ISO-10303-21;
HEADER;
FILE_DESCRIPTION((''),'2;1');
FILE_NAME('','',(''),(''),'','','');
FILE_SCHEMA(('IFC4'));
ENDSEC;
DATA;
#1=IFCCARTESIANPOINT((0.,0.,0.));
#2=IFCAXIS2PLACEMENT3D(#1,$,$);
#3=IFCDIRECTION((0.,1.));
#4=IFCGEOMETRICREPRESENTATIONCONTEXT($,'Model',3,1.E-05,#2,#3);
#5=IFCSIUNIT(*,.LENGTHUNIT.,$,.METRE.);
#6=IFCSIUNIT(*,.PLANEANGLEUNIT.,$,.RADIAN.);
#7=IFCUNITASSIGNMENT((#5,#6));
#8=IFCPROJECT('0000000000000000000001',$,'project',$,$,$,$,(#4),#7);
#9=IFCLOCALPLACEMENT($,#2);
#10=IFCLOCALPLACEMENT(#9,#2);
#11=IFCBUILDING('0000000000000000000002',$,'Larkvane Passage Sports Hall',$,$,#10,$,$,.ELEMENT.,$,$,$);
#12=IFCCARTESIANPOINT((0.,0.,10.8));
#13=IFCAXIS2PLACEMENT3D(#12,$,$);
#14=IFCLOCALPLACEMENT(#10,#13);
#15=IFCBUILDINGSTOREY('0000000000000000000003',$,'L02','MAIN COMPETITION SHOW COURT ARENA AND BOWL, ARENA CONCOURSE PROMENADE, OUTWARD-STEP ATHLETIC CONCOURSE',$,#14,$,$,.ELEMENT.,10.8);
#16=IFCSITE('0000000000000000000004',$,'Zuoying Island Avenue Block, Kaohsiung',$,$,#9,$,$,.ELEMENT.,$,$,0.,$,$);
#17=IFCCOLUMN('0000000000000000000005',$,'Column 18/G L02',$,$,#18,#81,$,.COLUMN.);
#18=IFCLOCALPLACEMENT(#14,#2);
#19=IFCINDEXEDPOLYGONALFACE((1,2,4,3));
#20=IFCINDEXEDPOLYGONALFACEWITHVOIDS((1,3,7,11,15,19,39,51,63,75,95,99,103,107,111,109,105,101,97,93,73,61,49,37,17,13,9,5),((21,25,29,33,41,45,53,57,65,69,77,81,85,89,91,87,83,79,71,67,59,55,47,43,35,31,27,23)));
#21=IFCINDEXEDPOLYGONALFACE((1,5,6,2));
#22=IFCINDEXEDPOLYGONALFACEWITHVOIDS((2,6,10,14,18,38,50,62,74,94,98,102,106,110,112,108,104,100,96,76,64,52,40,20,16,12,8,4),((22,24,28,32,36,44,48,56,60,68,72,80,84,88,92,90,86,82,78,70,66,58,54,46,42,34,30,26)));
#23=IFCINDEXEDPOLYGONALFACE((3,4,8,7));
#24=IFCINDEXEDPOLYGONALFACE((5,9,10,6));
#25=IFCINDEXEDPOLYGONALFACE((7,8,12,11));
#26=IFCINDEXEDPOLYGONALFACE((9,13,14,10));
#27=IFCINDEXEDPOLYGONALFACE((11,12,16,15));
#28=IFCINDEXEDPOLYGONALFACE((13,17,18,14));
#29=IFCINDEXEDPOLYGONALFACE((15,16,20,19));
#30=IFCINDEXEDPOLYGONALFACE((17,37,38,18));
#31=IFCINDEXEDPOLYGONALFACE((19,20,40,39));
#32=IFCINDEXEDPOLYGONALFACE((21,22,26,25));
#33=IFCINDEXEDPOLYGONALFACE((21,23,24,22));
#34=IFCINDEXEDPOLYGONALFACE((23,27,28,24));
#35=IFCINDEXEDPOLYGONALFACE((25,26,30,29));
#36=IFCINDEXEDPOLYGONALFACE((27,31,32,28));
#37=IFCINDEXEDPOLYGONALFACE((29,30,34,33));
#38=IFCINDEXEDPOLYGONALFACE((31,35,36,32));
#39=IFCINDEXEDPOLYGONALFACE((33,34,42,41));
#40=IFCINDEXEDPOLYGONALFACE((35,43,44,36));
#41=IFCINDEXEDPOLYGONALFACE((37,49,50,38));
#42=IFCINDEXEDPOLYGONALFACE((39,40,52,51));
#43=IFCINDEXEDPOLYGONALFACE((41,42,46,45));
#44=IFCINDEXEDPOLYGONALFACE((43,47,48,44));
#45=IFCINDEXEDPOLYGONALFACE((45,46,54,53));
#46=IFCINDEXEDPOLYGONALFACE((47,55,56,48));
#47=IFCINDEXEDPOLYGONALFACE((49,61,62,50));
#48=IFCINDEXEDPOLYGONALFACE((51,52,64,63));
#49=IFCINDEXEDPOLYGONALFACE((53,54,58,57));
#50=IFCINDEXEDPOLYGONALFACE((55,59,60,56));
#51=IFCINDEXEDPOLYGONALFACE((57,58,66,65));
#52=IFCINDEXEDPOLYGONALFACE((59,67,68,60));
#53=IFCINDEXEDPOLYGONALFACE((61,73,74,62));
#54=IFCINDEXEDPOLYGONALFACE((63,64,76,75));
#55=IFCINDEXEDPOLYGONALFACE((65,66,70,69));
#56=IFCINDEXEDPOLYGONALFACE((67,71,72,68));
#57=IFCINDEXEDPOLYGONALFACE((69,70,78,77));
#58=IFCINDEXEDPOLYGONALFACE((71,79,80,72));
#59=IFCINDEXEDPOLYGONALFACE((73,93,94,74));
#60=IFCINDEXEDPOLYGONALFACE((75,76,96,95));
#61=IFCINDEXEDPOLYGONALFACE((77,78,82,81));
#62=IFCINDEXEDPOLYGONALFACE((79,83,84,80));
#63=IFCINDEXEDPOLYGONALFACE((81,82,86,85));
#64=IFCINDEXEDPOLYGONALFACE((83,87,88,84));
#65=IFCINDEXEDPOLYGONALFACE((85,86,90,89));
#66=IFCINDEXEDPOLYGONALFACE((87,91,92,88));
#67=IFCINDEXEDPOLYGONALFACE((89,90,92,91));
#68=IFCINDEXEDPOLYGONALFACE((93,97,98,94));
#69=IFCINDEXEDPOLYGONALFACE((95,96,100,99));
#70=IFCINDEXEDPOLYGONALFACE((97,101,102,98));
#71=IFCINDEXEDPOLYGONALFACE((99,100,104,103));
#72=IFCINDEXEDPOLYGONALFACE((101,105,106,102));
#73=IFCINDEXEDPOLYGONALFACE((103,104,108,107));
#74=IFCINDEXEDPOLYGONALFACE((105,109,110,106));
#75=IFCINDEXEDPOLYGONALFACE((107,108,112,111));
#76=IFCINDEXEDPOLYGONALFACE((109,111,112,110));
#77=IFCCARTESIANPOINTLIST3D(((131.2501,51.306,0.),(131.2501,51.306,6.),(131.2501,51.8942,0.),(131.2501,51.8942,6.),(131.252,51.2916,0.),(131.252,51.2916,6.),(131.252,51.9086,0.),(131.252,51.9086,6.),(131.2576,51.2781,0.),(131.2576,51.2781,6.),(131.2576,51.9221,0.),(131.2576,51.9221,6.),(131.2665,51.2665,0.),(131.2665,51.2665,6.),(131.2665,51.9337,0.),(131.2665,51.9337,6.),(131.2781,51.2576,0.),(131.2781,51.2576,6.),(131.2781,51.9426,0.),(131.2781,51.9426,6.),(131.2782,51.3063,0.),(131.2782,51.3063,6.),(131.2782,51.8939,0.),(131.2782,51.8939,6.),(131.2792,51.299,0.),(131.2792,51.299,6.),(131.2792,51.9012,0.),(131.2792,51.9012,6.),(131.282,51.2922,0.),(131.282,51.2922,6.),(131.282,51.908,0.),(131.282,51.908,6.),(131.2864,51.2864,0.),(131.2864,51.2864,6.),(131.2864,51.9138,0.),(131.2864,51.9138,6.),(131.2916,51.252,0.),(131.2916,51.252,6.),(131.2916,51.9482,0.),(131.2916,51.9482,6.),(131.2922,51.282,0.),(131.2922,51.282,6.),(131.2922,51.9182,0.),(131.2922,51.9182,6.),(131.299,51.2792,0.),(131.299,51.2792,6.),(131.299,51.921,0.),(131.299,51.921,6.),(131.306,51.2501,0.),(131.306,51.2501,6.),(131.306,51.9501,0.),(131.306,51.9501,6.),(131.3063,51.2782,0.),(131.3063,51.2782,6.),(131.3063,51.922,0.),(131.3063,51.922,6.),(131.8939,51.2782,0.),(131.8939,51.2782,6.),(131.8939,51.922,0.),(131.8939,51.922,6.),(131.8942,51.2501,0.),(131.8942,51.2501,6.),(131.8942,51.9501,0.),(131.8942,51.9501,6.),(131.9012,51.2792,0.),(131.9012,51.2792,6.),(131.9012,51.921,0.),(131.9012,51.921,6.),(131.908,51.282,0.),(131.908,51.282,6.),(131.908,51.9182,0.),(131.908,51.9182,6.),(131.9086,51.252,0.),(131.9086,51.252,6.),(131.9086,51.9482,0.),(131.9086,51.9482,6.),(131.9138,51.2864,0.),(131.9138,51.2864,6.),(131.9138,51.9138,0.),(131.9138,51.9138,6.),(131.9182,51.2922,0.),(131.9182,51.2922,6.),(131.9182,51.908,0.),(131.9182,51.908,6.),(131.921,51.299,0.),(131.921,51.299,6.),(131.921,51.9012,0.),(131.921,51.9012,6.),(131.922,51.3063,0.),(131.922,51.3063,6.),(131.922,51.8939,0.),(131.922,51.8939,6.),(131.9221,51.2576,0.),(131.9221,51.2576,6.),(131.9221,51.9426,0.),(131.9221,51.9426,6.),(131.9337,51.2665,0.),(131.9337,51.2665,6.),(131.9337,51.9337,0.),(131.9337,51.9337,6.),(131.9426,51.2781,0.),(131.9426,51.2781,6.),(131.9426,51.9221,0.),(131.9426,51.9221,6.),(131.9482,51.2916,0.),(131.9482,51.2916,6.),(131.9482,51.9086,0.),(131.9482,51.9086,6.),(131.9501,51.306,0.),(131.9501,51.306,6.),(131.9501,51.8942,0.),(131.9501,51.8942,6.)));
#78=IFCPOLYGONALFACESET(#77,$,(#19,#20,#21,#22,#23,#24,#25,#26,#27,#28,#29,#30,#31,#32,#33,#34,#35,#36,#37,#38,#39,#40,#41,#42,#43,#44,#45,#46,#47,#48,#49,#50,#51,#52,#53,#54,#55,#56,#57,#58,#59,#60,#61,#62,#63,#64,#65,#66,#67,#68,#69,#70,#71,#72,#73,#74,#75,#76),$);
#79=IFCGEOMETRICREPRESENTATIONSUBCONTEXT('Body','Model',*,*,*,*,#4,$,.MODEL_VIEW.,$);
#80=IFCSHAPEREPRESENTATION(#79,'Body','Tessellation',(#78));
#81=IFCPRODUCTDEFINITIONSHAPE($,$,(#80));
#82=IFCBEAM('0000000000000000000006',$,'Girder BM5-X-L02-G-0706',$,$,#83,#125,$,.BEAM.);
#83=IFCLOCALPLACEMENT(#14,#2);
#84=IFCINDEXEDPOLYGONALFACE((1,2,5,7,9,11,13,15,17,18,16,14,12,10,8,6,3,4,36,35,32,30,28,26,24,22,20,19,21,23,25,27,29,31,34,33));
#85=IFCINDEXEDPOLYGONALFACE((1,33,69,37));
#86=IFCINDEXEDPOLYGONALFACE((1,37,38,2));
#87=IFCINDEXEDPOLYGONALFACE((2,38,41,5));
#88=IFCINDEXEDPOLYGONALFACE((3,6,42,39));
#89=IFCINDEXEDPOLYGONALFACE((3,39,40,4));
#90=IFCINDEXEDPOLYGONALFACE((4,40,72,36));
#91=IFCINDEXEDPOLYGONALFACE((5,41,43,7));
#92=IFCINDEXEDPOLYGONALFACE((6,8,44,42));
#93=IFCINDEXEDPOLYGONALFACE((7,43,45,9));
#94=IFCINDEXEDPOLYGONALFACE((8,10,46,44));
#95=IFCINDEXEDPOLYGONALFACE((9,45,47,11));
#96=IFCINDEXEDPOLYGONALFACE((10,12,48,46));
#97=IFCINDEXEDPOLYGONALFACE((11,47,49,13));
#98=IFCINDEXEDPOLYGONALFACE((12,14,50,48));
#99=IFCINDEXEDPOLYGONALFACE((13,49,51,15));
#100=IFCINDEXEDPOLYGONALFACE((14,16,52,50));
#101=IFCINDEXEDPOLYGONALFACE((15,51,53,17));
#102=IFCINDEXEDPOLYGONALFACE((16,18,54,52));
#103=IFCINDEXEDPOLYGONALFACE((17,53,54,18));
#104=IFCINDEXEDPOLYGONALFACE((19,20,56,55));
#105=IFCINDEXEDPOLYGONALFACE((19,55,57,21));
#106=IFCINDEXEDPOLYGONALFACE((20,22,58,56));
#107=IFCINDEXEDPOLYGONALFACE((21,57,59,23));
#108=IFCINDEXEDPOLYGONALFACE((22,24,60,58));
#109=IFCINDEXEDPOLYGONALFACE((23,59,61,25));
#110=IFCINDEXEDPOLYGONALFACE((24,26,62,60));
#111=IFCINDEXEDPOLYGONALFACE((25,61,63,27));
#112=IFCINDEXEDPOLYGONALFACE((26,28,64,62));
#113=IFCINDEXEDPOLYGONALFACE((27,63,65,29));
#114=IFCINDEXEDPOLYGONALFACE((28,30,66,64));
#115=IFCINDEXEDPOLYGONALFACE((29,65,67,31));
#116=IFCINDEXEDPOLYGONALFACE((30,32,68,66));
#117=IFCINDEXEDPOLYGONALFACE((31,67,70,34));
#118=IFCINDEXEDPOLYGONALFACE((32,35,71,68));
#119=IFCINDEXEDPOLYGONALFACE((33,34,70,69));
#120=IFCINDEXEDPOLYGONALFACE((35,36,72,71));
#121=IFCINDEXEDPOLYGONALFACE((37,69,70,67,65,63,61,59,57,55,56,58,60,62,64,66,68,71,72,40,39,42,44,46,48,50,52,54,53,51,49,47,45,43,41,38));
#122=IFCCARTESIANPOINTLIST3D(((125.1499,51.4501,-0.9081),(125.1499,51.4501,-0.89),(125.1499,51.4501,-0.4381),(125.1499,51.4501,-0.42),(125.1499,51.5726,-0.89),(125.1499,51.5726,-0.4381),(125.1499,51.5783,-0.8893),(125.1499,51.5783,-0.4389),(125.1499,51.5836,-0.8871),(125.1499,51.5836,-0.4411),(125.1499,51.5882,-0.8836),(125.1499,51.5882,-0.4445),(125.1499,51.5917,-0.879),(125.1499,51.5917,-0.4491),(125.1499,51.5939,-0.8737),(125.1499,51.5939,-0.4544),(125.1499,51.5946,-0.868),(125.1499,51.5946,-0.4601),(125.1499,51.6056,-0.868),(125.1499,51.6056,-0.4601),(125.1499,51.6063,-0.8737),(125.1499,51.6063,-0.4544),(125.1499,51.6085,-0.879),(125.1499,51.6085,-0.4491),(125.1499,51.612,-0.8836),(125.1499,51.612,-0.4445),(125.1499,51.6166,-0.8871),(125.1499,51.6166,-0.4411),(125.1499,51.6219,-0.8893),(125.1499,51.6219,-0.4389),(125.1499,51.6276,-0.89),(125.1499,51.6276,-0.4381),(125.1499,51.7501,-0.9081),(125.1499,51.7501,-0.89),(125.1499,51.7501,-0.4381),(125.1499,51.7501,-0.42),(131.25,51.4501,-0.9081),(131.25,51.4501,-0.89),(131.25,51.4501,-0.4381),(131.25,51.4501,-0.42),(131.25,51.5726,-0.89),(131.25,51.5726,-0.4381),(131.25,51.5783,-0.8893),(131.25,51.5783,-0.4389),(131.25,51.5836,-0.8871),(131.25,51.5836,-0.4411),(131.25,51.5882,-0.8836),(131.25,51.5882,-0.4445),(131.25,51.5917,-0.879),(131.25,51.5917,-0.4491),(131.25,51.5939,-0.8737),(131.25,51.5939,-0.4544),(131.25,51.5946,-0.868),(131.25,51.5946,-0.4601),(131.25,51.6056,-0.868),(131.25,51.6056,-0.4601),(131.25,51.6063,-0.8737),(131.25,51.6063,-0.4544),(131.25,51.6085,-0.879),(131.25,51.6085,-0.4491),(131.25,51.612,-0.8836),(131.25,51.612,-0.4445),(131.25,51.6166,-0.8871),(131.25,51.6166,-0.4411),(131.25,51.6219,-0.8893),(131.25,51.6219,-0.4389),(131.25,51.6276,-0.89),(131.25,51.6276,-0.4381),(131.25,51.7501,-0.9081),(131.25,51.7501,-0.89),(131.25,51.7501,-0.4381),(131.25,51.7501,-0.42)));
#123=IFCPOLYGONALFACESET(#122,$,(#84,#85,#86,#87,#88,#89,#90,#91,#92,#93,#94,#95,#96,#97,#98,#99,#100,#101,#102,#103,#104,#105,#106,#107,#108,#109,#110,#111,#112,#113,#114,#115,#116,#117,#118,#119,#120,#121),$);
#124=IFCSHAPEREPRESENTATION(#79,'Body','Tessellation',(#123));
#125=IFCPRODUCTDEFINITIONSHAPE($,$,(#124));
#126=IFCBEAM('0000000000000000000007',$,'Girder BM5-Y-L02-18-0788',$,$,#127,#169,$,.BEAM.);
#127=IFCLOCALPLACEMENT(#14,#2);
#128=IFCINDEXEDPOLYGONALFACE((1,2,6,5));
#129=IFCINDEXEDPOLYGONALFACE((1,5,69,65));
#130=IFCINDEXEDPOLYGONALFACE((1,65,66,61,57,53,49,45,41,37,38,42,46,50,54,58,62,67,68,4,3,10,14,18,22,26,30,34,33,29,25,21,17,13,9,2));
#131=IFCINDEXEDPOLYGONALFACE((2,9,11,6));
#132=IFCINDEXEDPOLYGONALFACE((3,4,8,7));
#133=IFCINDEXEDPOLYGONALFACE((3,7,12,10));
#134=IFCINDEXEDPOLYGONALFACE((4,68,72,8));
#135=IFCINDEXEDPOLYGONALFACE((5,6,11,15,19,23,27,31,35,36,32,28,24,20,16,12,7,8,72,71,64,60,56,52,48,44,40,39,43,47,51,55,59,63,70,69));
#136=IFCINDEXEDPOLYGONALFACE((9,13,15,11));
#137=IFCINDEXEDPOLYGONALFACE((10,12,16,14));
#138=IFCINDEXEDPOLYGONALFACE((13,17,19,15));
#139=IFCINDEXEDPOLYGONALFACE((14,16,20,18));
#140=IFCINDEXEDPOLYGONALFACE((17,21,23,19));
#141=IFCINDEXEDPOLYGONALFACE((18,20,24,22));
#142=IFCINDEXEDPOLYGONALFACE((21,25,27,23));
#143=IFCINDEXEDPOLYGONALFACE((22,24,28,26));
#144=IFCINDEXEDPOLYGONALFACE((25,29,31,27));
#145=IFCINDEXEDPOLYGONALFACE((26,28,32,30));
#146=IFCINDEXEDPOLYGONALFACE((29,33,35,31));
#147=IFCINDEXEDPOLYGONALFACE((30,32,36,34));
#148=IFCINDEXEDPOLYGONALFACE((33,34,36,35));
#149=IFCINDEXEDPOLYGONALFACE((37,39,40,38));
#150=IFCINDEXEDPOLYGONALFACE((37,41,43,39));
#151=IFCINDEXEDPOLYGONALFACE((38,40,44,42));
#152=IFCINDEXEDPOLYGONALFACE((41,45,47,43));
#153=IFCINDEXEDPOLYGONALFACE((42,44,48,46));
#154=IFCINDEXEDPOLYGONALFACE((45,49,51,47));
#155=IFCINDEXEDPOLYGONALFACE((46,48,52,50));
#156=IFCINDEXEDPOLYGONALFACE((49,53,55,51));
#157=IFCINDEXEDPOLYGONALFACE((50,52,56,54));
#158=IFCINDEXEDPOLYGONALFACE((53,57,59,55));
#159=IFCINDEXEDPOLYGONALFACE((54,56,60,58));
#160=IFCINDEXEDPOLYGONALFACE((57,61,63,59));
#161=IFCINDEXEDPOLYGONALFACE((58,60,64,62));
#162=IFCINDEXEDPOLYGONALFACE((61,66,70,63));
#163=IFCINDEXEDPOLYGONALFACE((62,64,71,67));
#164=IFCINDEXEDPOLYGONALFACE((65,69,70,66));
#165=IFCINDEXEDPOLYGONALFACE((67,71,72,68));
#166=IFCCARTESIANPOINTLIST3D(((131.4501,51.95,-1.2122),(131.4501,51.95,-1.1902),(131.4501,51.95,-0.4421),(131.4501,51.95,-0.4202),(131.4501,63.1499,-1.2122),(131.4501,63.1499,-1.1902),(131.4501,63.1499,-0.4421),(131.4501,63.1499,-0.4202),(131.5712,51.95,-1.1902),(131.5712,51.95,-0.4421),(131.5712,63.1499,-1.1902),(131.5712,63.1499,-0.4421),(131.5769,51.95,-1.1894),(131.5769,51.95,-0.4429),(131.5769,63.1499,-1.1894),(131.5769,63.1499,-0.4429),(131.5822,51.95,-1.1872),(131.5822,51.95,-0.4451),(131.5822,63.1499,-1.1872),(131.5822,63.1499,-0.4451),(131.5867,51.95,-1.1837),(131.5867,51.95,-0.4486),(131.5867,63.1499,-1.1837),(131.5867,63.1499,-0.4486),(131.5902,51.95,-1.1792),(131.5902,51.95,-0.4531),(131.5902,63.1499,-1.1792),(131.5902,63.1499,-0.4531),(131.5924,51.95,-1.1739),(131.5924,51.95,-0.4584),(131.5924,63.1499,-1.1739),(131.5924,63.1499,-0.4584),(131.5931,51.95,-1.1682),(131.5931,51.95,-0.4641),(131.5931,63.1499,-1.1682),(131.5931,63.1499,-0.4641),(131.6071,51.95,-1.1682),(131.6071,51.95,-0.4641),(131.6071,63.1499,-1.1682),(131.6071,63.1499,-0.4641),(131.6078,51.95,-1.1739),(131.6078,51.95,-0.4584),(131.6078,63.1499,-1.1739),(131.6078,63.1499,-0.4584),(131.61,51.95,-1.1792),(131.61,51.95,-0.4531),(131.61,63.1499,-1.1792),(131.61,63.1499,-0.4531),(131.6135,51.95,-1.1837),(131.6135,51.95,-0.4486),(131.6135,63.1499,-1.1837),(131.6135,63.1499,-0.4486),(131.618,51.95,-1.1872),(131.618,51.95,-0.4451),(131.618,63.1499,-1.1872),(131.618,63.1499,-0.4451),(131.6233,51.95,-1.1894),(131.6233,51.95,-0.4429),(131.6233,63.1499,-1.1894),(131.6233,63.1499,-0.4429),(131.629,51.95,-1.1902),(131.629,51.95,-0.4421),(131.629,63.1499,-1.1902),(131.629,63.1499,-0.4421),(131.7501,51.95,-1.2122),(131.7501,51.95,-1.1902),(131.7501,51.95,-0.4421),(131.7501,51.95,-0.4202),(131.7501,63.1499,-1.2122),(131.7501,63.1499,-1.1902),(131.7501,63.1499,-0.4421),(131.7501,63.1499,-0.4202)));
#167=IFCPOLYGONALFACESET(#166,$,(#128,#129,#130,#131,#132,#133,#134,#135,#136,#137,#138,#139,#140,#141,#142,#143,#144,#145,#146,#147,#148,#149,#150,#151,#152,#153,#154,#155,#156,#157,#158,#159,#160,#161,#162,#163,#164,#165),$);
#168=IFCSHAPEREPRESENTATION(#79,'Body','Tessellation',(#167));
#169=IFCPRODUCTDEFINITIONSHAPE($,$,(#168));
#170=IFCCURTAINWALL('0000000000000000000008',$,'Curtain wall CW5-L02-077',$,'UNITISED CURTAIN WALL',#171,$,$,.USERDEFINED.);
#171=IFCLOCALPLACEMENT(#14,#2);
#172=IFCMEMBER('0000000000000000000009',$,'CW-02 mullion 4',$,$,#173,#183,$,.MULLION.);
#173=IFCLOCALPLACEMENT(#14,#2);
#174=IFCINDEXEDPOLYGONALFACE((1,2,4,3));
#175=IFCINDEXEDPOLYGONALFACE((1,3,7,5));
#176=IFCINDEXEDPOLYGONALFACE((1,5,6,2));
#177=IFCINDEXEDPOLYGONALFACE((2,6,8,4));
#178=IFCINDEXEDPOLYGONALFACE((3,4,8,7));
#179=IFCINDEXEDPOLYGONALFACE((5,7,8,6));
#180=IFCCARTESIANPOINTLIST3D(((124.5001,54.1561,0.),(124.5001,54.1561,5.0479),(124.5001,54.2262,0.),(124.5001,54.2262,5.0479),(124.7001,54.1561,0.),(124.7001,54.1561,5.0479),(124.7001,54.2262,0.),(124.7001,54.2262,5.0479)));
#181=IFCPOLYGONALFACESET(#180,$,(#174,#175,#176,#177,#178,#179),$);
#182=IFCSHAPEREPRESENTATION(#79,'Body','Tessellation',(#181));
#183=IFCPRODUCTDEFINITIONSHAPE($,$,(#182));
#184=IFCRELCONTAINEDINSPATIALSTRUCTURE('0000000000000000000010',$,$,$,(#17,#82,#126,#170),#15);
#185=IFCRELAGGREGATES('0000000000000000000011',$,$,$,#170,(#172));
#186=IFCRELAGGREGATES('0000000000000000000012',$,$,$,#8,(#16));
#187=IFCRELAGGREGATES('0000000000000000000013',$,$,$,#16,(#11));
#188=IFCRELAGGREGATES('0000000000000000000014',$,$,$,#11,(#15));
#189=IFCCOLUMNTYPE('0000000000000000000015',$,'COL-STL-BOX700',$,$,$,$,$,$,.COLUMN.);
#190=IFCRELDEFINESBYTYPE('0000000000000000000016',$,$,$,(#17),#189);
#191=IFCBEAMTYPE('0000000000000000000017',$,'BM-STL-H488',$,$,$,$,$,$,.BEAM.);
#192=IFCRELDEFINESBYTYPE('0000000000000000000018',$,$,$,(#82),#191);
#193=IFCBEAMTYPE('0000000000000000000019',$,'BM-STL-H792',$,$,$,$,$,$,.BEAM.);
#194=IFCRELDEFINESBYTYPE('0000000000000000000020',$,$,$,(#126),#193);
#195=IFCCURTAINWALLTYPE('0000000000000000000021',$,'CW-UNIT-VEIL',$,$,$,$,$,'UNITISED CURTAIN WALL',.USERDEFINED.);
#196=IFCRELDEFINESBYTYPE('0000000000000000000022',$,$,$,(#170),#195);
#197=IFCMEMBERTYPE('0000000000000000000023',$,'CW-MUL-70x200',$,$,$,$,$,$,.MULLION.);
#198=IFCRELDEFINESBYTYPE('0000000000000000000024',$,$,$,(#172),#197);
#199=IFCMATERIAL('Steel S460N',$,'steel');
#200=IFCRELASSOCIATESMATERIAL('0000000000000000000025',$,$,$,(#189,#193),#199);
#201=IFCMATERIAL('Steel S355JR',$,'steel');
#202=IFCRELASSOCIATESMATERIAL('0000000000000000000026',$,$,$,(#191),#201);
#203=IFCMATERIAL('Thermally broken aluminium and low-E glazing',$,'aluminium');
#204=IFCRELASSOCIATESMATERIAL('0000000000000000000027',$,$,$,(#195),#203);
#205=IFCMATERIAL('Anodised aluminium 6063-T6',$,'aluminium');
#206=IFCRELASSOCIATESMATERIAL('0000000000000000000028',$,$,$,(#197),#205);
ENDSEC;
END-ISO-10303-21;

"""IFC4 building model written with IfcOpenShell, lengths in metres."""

from ifc_helpers import new_model, si_unit, direction, frame, origin, origin_2d, place, context, subcontext, project, spatial, rectangle, hollow_rectangle, i_section, extrude, material, material_profile, profile_set, type_object, element, aggregate, save


model = new_model("IFC4")

# Units and contexts
model_context = context("Model", 3, precision=1e-05, world=origin(), true_north=direction((0.0, 1.0)))
body_context = subcontext(model_context, "Body", "Model", "MODEL_VIEW")
ifc_project = project(units=[si_unit("LENGTHUNIT", "METRE"), si_unit("PLANEANGLEUNIT", "RADIAN")], contexts=[model_context])

# Site, building, storey
site_placement = place(None, origin())
site = spatial("IfcSite", under=ifc_project, at=site_placement, Name="Zuoying Island Avenue Block, Kaohsiung", CompositionType="ELEMENT", RefElevation=0.0)
building_placement = place(site_placement, origin())
building = spatial("IfcBuilding", under=site, at=building_placement, Name="Larkvane Passage Sports Hall", CompositionType="ELEMENT")
storey_placement = place(building_placement, frame((0.0, 0.0, 10.8)))
storey = spatial("IfcBuildingStorey", under=building, at=storey_placement, Name="L02", Description="MAIN COMPETITION SHOW COURT ARENA AND BOWL, ARENA CONCOURSE PROMENADE, OUTWARD-STEP ATHLETIC CONCOURSE", CompositionType="ELEMENT", Elevation=10.8)

# Column
ifc_material_1 = material(Name="Steel S460N", Category="steel")
ifc_material_profile_1 = material_profile(ifc_material_1, hollow_rectangle(XDim=0.7, YDim=0.7, WallThickness=0.0281, InnerFilletRadius=0.0281, OuterFilletRadius=0.0559, at=origin_2d()), Name="BOX-700x700x28")
ifc_profile_set_1 = profile_set([ifc_material_profile_1], Name="Steel S460N")
column_type = type_object("IfcColumnType", Name="COL-STL-BOX700", PredefinedType="COLUMN", material=ifc_profile_set_1)
column_placement = place(storey_placement, frame((131.6001, 51.6001, 0.0), z_axis=(0.0, 0.0, 1.0), x_axis=(1.0, 0.0, 0.0)))
element("IfcColumn", 1, at=column_placement, inside=storey, type_object=column_type, Name="Column 18/G L02", PredefinedType="COLUMN", context=body_context, shape_type="SweptSolid", body=[
    extrude(hollow_rectangle(XDim=0.7, YDim=0.7, WallThickness=0.0281, InnerFilletRadius=0.0281, OuterFilletRadius=0.0559, at=origin_2d()), origin(), (0.0, 0.0, 1.0), 6.0),
])

# Beams
ifc_material_2 = material(Name="Steel S355JR", Category="steel")
ifc_material_profile_2 = material_profile(ifc_material_2, i_section(OverallWidth=0.3, OverallDepth=0.488, WebThickness=0.011, FlangeThickness=0.0181, FilletRadius=0.022, at=origin_2d()), Name="H-488x300x11x18")
ifc_profile_set_2 = profile_set([ifc_material_profile_2], Name="Steel S355JR")
beam_type_1 = type_object("IfcBeamType", Name="BM-STL-H488", PredefinedType="BEAM", material=ifc_profile_set_2)
beam_1_placement = place(storey_placement, frame((125.1499, 51.6001, -0.6641), z_axis=(1.0, 0.0, 0.0), x_axis=(0.0, 1.0, 0.0)))
element("IfcBeam", 2, at=beam_1_placement, inside=storey, type_object=beam_type_1, Name="Girder BM5-X-L02-G-0706", PredefinedType="BEAM", context=body_context, shape_type="SweptSolid", body=[
    extrude(i_section(OverallWidth=0.3, OverallDepth=0.488, WebThickness=0.011, FlangeThickness=0.0181, FilletRadius=0.022, at=origin_2d()), origin(), (0.0, 0.0, 1.0), 6.1001),
])
ifc_material_profile_3 = material_profile(ifc_material_1, i_section(OverallWidth=0.3, OverallDepth=0.792, WebThickness=0.0139, FlangeThickness=0.022, FilletRadius=0.022, at=origin_2d()), Name="H-792x300x14x22")
ifc_profile_set_3 = profile_set([ifc_material_profile_3], Name="Steel S460N")
beam_type_2 = type_object("IfcBeamType", Name="BM-STL-H792", PredefinedType="BEAM", material=ifc_profile_set_3)
beam_2_placement = place(storey_placement, frame((131.6001, 51.95, -0.8162), z_axis=(0.0, 1.0, 0.0), x_axis=(-1.0, 0.0, 0.0)))
element("IfcBeam", 3, at=beam_2_placement, inside=storey, type_object=beam_type_2, Name="Girder BM5-Y-L02-18-0788", PredefinedType="BEAM", context=body_context, shape_type="SweptSolid", body=[
    extrude(i_section(OverallWidth=0.3, OverallDepth=0.792, WebThickness=0.0139, FlangeThickness=0.022, FilletRadius=0.022, at=origin_2d()), origin(), (0.0, 0.0, 1.0), 11.2),
])

# Curtain wall, member
ifc_material_3 = material(Name="Thermally broken aluminium and low-E glazing", Category="aluminium")
curtain_wall_type = type_object("IfcCurtainWallType", Name="CW-UNIT-VEIL", ElementType="UNITISED CURTAIN WALL", PredefinedType="USERDEFINED", material=ifc_material_3)
curtain_wall_placement = place(storey_placement, origin())
curtain_wall = element("IfcCurtainWall", 4, at=curtain_wall_placement, inside=storey, type_object=curtain_wall_type, Name="Curtain wall CW5-L02-077", ObjectType="UNITISED CURTAIN WALL", PredefinedType="USERDEFINED")
ifc_material_4 = material(Name="Anodised aluminium 6063-T6", Category="aluminium")
ifc_material_profile_4 = material_profile(ifc_material_4, rectangle(XDim=0.0701, YDim=0.2, at=origin_2d()), Name="ALU-MUL-70x200")
ifc_profile_set_4 = profile_set([ifc_material_profile_4], Name="Anodised aluminium 6063-T6")
member_type_1 = type_object("IfcMemberType", Name="CW-MUL-70x200", PredefinedType="MULLION", material=ifc_profile_set_4)
member_1_placement = place(storey_placement, frame((124.6001, 54.1912, 0.0), z_axis=(0.0, 0.0, 1.0), x_axis=(0.0, 1.0, 0.0)))
member_1 = element("IfcMember", 5, at=member_1_placement, type_object=member_type_1, Name="CW-02 mullion 4", PredefinedType="MULLION", context=body_context, shape_type="SweptSolid", body=[
    extrude(rectangle(XDim=0.0701, YDim=0.2, at=origin_2d()), origin(), (0.0, 0.0, 1.0), 5.0479),
])

aggregate(curtain_wall, [member_1])

save(model, "model.ifc")
